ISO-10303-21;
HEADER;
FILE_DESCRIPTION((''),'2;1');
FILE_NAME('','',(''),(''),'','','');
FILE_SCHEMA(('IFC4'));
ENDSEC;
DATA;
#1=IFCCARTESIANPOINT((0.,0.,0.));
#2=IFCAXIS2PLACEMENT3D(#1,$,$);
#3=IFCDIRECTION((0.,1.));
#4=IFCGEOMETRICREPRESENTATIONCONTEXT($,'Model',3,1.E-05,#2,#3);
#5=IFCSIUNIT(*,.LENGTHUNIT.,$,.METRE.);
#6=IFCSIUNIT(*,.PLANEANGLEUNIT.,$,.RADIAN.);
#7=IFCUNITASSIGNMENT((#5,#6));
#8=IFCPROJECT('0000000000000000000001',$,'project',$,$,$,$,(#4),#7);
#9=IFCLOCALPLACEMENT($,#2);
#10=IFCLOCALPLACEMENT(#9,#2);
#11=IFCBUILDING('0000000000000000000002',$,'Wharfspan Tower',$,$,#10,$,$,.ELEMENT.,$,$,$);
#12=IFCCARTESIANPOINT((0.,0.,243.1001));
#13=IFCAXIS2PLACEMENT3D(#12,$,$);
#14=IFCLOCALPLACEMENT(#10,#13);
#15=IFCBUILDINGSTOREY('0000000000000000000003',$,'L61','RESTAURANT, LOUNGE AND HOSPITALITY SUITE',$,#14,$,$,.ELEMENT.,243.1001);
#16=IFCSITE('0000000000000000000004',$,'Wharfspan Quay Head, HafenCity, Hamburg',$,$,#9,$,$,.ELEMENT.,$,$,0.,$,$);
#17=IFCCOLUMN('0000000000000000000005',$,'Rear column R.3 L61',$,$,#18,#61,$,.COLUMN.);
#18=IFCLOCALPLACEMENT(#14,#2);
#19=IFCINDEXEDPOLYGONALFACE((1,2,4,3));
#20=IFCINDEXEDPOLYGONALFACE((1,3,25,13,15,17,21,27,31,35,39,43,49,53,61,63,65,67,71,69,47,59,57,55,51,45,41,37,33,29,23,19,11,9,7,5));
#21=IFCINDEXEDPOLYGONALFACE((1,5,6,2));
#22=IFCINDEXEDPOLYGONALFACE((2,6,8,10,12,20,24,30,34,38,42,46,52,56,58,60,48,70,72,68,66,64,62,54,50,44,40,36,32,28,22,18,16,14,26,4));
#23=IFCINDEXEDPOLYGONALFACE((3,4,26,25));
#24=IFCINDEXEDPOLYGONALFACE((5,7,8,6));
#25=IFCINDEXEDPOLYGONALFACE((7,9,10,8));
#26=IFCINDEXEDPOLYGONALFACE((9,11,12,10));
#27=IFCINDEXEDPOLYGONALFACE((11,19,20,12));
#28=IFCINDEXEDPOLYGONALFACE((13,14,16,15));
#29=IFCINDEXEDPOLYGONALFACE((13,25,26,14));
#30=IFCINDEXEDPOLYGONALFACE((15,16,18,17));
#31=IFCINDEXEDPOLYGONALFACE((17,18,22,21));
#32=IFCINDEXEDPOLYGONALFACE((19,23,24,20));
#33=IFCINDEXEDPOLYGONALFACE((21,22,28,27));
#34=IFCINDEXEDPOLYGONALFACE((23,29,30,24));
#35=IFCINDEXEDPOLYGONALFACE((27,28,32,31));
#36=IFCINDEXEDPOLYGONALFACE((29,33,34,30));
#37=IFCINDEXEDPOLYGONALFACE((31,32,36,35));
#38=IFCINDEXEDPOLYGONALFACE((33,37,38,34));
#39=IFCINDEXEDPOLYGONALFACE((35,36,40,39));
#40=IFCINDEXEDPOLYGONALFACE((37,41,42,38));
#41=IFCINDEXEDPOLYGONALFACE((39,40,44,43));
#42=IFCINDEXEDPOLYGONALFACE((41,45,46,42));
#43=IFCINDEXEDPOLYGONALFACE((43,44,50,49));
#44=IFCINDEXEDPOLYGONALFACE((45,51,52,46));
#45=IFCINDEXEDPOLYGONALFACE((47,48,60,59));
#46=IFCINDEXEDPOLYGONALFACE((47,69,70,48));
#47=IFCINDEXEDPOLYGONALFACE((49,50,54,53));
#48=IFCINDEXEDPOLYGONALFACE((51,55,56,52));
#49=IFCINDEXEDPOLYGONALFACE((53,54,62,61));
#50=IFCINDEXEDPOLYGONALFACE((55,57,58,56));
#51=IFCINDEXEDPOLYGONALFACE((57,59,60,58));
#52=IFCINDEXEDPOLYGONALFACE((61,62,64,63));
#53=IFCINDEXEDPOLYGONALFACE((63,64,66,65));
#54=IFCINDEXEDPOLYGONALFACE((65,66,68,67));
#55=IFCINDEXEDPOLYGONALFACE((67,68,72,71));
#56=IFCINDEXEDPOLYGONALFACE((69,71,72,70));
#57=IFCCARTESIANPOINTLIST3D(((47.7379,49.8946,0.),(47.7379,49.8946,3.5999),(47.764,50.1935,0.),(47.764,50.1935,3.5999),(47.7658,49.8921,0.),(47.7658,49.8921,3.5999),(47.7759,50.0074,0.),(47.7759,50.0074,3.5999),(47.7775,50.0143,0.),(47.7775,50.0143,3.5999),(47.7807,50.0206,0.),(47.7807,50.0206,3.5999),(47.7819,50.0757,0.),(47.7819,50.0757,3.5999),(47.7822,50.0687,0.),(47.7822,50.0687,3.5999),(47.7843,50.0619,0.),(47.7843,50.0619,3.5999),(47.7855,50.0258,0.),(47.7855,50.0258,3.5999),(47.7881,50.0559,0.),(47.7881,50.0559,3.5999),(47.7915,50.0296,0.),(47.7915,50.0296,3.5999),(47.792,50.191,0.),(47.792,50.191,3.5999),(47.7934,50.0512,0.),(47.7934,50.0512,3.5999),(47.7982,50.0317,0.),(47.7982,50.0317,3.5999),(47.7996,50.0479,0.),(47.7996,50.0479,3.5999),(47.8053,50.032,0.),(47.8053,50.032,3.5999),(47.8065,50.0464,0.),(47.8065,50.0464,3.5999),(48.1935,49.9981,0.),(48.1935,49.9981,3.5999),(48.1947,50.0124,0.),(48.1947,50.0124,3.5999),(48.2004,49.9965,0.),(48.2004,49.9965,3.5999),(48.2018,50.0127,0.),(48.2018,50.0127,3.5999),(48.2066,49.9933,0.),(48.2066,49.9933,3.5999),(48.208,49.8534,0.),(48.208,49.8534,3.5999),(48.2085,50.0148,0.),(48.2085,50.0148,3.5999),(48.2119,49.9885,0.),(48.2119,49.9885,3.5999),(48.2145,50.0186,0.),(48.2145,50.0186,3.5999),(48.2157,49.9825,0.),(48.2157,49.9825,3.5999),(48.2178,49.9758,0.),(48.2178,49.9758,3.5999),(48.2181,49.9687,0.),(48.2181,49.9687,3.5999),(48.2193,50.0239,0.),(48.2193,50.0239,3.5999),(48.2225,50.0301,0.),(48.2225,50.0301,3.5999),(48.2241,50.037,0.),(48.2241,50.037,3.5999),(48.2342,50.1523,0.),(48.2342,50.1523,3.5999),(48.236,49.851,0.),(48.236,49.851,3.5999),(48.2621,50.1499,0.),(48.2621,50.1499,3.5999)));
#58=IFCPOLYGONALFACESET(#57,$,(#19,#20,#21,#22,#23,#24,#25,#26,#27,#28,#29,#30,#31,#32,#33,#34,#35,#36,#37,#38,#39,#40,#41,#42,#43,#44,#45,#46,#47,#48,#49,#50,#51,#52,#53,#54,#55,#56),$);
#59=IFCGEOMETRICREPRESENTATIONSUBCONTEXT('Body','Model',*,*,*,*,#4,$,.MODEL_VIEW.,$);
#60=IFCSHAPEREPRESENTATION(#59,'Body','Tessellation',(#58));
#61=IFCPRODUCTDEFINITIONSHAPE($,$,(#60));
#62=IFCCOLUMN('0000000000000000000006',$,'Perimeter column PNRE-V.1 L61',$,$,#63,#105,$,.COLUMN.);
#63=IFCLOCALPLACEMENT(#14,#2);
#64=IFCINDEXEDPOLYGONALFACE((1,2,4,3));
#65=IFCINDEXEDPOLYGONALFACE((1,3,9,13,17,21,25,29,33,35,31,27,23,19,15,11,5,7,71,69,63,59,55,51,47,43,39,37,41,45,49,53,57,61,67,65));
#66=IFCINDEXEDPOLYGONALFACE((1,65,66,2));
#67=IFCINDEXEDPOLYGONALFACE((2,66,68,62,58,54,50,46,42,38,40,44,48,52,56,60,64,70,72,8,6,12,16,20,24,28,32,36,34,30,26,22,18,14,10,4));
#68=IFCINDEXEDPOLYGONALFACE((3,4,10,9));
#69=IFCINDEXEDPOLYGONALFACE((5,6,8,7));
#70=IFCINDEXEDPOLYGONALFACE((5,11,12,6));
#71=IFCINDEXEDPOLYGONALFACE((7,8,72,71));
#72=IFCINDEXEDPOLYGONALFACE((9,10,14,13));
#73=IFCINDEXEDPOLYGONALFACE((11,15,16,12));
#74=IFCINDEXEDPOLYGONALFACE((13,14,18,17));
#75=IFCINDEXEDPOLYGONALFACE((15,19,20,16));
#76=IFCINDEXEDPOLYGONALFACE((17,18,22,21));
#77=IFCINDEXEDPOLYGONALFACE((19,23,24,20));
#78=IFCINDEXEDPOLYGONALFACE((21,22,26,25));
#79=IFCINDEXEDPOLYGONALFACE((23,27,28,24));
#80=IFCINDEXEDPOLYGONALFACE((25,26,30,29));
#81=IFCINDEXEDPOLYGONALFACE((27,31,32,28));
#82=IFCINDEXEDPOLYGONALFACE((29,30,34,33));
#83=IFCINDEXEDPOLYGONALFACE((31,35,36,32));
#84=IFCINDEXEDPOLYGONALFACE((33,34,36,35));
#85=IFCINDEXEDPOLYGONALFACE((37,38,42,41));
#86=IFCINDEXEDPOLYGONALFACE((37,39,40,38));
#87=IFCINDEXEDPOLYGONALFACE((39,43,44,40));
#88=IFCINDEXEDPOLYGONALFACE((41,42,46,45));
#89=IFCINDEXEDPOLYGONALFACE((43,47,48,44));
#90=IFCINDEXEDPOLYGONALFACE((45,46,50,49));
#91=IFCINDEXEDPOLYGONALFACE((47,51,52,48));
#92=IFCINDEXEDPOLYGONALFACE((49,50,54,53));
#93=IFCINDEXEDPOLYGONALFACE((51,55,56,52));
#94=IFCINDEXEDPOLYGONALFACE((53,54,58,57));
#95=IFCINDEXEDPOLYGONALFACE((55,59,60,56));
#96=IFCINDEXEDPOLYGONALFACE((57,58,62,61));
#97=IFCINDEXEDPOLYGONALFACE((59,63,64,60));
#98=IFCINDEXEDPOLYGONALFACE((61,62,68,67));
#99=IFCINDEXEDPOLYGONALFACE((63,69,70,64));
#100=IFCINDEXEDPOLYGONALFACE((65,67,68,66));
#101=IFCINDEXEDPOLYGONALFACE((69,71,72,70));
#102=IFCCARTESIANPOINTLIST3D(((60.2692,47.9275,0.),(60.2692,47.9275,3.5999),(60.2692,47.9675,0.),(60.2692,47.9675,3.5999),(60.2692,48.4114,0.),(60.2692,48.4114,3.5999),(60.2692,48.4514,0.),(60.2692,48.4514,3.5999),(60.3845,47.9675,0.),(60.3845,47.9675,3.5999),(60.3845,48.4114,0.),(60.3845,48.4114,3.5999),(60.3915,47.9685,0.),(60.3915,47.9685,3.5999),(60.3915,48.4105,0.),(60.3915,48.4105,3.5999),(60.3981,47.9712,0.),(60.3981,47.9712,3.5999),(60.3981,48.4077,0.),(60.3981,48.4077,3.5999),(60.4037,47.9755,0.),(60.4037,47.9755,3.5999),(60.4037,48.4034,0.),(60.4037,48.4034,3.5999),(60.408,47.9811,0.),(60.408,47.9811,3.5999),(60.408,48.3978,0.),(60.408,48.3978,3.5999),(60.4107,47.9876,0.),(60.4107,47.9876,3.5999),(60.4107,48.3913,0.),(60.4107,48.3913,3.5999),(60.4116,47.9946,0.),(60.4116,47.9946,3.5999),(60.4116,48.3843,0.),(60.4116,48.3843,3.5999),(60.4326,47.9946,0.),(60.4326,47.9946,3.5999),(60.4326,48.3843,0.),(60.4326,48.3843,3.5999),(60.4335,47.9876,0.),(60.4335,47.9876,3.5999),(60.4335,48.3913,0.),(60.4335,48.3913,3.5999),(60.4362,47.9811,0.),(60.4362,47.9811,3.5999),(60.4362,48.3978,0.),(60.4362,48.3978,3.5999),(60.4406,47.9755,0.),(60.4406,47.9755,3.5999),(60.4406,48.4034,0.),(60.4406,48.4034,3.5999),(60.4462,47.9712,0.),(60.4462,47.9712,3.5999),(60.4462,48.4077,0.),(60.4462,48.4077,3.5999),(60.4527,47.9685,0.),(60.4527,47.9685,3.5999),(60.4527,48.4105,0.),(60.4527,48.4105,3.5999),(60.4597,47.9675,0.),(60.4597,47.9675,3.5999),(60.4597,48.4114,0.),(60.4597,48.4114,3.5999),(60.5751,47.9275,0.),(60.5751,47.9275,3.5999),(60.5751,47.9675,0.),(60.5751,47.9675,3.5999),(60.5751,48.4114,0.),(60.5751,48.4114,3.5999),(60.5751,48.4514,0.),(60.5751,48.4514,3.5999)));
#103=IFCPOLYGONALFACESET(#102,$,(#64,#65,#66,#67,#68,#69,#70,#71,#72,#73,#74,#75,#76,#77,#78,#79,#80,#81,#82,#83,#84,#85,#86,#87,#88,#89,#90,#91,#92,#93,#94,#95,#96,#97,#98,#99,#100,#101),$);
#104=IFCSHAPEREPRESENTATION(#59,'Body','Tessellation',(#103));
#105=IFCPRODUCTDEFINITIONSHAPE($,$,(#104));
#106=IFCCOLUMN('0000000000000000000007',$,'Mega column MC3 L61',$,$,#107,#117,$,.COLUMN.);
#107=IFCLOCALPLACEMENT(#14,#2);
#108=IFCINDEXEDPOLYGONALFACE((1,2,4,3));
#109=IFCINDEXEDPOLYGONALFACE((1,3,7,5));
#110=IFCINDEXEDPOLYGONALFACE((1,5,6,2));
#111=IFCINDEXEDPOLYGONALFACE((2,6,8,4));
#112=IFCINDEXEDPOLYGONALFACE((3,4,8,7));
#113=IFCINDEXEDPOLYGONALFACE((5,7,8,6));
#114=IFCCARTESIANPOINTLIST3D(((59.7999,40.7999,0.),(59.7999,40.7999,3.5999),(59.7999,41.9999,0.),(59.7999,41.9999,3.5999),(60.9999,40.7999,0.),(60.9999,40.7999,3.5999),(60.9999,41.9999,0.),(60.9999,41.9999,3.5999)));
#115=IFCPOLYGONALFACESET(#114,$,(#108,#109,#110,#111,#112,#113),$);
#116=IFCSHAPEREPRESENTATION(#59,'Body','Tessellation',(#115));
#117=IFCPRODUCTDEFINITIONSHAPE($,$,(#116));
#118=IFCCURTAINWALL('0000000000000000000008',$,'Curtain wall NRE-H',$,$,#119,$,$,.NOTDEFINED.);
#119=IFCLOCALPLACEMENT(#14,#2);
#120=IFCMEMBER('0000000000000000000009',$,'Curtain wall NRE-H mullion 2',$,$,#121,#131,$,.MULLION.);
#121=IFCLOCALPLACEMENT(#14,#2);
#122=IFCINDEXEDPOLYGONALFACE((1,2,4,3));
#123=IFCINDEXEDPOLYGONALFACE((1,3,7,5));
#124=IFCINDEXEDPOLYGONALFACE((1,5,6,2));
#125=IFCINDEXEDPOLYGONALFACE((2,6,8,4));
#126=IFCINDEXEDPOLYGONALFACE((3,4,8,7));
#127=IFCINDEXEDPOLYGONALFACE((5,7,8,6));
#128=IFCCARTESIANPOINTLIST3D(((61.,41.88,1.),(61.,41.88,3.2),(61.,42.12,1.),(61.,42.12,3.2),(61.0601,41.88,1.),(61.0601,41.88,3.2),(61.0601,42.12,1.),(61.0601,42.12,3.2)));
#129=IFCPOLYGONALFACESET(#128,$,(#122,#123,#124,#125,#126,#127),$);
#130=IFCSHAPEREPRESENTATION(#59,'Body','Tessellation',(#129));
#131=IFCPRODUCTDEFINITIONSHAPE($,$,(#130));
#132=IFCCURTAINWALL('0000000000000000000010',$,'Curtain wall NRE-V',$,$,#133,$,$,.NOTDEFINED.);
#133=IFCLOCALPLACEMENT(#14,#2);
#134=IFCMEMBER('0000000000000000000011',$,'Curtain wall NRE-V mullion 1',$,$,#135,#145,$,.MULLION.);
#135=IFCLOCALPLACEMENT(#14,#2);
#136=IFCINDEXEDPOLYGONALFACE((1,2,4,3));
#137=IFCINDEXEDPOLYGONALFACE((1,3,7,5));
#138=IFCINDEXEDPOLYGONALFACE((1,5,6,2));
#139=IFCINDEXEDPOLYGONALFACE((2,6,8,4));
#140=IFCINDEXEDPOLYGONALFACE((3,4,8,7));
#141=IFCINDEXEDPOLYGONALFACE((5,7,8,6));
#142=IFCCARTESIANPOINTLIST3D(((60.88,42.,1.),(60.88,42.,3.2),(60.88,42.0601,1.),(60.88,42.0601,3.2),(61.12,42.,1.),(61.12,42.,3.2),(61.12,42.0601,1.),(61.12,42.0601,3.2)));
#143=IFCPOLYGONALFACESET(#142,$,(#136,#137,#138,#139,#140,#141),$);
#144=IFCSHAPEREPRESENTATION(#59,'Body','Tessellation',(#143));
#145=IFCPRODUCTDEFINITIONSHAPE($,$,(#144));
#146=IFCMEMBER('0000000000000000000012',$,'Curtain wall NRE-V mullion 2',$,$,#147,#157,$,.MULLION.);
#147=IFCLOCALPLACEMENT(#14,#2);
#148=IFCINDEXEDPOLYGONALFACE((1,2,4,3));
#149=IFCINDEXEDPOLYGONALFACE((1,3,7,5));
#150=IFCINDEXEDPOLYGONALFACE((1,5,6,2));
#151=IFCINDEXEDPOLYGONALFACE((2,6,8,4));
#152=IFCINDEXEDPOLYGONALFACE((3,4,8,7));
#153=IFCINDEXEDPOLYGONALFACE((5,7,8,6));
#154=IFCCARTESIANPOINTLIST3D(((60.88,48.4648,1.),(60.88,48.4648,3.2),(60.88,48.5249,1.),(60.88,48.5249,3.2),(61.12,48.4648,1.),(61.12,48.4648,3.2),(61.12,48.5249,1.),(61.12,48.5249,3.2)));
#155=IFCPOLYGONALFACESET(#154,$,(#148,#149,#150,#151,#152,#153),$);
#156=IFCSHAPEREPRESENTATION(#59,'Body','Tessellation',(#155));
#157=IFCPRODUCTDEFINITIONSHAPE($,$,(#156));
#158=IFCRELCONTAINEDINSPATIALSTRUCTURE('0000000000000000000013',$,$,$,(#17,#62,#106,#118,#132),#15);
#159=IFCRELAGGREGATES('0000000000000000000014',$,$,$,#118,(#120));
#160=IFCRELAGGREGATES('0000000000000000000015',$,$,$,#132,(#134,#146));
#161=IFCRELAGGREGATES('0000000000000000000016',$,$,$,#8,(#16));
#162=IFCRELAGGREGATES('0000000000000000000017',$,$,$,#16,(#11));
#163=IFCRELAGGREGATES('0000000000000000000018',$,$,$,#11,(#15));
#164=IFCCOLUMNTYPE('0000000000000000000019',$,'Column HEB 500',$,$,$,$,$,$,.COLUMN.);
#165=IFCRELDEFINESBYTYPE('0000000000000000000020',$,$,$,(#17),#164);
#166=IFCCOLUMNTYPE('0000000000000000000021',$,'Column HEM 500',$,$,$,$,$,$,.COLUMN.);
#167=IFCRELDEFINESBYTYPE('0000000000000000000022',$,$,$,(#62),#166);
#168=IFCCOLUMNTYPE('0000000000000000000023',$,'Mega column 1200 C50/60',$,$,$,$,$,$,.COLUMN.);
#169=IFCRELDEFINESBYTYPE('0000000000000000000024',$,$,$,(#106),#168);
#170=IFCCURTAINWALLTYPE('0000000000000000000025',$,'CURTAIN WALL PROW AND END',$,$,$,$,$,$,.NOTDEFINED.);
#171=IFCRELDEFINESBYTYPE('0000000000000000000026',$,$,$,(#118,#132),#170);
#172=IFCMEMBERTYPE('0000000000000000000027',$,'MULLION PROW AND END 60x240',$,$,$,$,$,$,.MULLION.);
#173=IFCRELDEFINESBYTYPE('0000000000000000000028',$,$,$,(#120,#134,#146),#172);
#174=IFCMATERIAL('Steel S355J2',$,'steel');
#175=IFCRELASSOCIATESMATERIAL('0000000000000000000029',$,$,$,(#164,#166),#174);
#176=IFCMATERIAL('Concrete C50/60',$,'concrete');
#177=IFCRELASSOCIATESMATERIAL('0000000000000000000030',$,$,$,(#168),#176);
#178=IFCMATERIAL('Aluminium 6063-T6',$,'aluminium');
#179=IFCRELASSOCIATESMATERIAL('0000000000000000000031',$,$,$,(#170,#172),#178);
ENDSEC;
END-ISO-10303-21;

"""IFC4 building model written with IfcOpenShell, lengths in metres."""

from ifc_helpers import new_model, si_unit, direction, frame, origin, origin_2d, place, context, subcontext, project, spatial, rectangle, i_section, extrude, material, material_profile, profile_set, type_object, element, aggregate, save


model = new_model("IFC4")

# Units and contexts
model_context = context("Model", 3, precision=1e-05, world=origin(), true_north=direction((0.0, 1.0)))
body_context = subcontext(model_context, "Body", "Model", "MODEL_VIEW")
ifc_project = project(units=[si_unit("LENGTHUNIT", "METRE"), si_unit("PLANEANGLEUNIT", "RADIAN")], contexts=[model_context])

# Site, building, storey
site_placement = place(None, origin())
site = spatial("IfcSite", under=ifc_project, at=site_placement, Name="Wharfspan Quay Head, HafenCity, Hamburg", CompositionType="ELEMENT", RefElevation=0.0)
building_placement = place(site_placement, origin())
building = spatial("IfcBuilding", under=site, at=building_placement, Name="Wharfspan Tower", CompositionType="ELEMENT")
storey_placement = place(building_placement, frame((0.0, 0.0, 243.1001)))
storey = spatial("IfcBuildingStorey", under=building, at=storey_placement, Name="L61", Description="RESTAURANT, LOUNGE AND HOSPITALITY SUITE", CompositionType="ELEMENT", Elevation=243.1001)

# Columns
ifc_material_1 = material(Name="Steel S355J2", Category="steel")
ifc_material_profile_1 = material_profile(ifc_material_1, i_section(OverallWidth=0.3, OverallDepth=0.5, WebThickness=0.0144, FlangeThickness=0.0281, FilletRadius=0.0271, at=origin_2d()))
ifc_profile_set_1 = profile_set([ifc_material_profile_1], Name="Steel S355J2")
column_type_1 = type_object("IfcColumnType", Name="Column HEB 500", PredefinedType="COLUMN", material=ifc_profile_set_1)
column_1_placement = place(storey_placement, frame((48.0, 50.0222, 0.0), z_axis=(0.0, 0.0, 1.0), x_axis=(0.087156, 0.996197, 0.0)))
element("IfcColumn", 1, at=column_1_placement, inside=storey, type_object=column_type_1, Name="Rear column R.3 L61", PredefinedType="COLUMN", context=body_context, shape_type="SweptSolid", body=[
    extrude(i_section(OverallWidth=0.3, OverallDepth=0.5, WebThickness=0.0144, FlangeThickness=0.0281, FilletRadius=0.0271, at=origin_2d()), origin(), (0.0, 0.0, 1.0), 3.5999),
])
ifc_material_profile_2 = material_profile(ifc_material_1, i_section(OverallWidth=0.3059, OverallDepth=0.5239, WebThickness=0.021, FlangeThickness=0.04, FilletRadius=0.0271, at=origin_2d()))
ifc_profile_set_2 = profile_set([ifc_material_profile_2], Name="Steel S355J2")
column_type_2 = type_object("IfcColumnType", Name="Column HEM 500", PredefinedType="COLUMN", material=ifc_profile_set_2)
column_2_placement = place(storey_placement, frame((60.4221, 48.1895, 0.0), z_axis=(0.0, 0.0, 1.0), x_axis=(1.0, 0.0, 0.0)))
element("IfcColumn", 2, at=column_2_placement, inside=storey, type_object=column_type_2, Name="Perimeter column PNRE-V.1 L61", PredefinedType="COLUMN", context=body_context, shape_type="SweptSolid", body=[
    extrude(i_section(OverallWidth=0.3059, OverallDepth=0.5239, WebThickness=0.021, FlangeThickness=0.04, FilletRadius=0.0271, at=origin_2d()), origin(), (0.0, 0.0, 1.0), 3.5999),
])
ifc_material_2 = material(Name="Concrete C50/60", Category="concrete")
ifc_material_profile_3 = material_profile(ifc_material_2, rectangle(XDim=1.2, YDim=1.2, at=origin_2d()))
ifc_profile_set_3 = profile_set([ifc_material_profile_3], Name="Concrete C50/60")
column_type_3 = type_object("IfcColumnType", Name="Mega column 1200 C50/60", PredefinedType="COLUMN", material=ifc_profile_set_3)
column_3_placement = place(storey_placement, frame((60.3999, 41.3999, 0.0), z_axis=(0.0, 0.0, 1.0), x_axis=(1.0, 0.0, 0.0)))
element("IfcColumn", 3, at=column_3_placement, inside=storey, type_object=column_type_3, Name="Mega column MC3 L61", PredefinedType="COLUMN", context=body_context, shape_type="SweptSolid", body=[
    extrude(rectangle(XDim=1.2, YDim=1.2, at=origin_2d()), origin(), (0.0, 0.0, 1.0), 3.5999),
])

# Curtain wall, member
ifc_material_3 = material(Name="Aluminium 6063-T6", Category="aluminium")
curtain_wall_type = type_object("IfcCurtainWallType", Name="CURTAIN WALL PROW AND END", PredefinedType="NOTDEFINED", material=ifc_material_3)
curtain_wall_1_placement = place(storey_placement, origin())
curtain_wall_1 = element("IfcCurtainWall", 4, at=curtain_wall_1_placement, inside=storey, type_object=curtain_wall_type, Name="Curtain wall NRE-H", PredefinedType="NOTDEFINED")
ifc_material_profile_4 = material_profile(ifc_material_3, rectangle(XDim=0.24, YDim=0.0601, at=origin_2d()))
ifc_profile_set_4 = profile_set([ifc_material_profile_4], Name="Aluminium 6063-T6")
member_type_1 = type_object("IfcMemberType", Name="MULLION PROW AND END 60x240", PredefinedType="MULLION", material=ifc_profile_set_4)
member_1_placement = place(storey_placement, frame((61.03, 42.0, 1.0), z_axis=(0.0, 0.0, 1.0), x_axis=(0.0, -1.0, 0.0)))
member_1 = element("IfcMember", 5, at=member_1_placement, type_object=member_type_1, Name="Curtain wall NRE-H mullion 2", PredefinedType="MULLION", context=body_context, shape_type="SweptSolid", body=[
    extrude(rectangle(XDim=0.24, YDim=0.0601, at=origin_2d()), origin(), (0.0, 0.0, 1.0), 2.2),
])

# Curtain wall, members
curtain_wall_2_placement = place(storey_placement, origin())
curtain_wall_2 = element("IfcCurtainWall", 6, at=curtain_wall_2_placement, inside=storey, type_object=curtain_wall_type, Name="Curtain wall NRE-V", PredefinedType="NOTDEFINED")
member_2_placement = place(storey_placement, frame((61.0, 42.03, 1.0), z_axis=(0.0, 0.0, 1.0), x_axis=(-1.0, 0.0, 0.0)))
member_2 = element("IfcMember", 7, at=member_2_placement, type_object=member_type_1, Name="Curtain wall NRE-V mullion 1", PredefinedType="MULLION", context=body_context, shape_type="SweptSolid", body=[
    extrude(rectangle(XDim=0.24, YDim=0.0601, at=origin_2d()), origin(), (0.0, 0.0, 1.0), 2.2),
])
member_3_placement = place(storey_placement, frame((61.0, 48.4949, 1.0), z_axis=(0.0, 0.0, 1.0), x_axis=(-1.0, 0.0, 0.0)))
member_3 = element("IfcMember", 8, at=member_3_placement, type_object=member_type_1, Name="Curtain wall NRE-V mullion 2", PredefinedType="MULLION", context=body_context, shape_type="SweptSolid", body=[
    extrude(rectangle(XDim=0.24, YDim=0.0601, at=origin_2d()), origin(), (0.0, 0.0, 1.0), 2.2),
])

aggregate(curtain_wall_1, [member_1])
aggregate(curtain_wall_2, [member_2, member_3])

save(model, "model.ifc")
